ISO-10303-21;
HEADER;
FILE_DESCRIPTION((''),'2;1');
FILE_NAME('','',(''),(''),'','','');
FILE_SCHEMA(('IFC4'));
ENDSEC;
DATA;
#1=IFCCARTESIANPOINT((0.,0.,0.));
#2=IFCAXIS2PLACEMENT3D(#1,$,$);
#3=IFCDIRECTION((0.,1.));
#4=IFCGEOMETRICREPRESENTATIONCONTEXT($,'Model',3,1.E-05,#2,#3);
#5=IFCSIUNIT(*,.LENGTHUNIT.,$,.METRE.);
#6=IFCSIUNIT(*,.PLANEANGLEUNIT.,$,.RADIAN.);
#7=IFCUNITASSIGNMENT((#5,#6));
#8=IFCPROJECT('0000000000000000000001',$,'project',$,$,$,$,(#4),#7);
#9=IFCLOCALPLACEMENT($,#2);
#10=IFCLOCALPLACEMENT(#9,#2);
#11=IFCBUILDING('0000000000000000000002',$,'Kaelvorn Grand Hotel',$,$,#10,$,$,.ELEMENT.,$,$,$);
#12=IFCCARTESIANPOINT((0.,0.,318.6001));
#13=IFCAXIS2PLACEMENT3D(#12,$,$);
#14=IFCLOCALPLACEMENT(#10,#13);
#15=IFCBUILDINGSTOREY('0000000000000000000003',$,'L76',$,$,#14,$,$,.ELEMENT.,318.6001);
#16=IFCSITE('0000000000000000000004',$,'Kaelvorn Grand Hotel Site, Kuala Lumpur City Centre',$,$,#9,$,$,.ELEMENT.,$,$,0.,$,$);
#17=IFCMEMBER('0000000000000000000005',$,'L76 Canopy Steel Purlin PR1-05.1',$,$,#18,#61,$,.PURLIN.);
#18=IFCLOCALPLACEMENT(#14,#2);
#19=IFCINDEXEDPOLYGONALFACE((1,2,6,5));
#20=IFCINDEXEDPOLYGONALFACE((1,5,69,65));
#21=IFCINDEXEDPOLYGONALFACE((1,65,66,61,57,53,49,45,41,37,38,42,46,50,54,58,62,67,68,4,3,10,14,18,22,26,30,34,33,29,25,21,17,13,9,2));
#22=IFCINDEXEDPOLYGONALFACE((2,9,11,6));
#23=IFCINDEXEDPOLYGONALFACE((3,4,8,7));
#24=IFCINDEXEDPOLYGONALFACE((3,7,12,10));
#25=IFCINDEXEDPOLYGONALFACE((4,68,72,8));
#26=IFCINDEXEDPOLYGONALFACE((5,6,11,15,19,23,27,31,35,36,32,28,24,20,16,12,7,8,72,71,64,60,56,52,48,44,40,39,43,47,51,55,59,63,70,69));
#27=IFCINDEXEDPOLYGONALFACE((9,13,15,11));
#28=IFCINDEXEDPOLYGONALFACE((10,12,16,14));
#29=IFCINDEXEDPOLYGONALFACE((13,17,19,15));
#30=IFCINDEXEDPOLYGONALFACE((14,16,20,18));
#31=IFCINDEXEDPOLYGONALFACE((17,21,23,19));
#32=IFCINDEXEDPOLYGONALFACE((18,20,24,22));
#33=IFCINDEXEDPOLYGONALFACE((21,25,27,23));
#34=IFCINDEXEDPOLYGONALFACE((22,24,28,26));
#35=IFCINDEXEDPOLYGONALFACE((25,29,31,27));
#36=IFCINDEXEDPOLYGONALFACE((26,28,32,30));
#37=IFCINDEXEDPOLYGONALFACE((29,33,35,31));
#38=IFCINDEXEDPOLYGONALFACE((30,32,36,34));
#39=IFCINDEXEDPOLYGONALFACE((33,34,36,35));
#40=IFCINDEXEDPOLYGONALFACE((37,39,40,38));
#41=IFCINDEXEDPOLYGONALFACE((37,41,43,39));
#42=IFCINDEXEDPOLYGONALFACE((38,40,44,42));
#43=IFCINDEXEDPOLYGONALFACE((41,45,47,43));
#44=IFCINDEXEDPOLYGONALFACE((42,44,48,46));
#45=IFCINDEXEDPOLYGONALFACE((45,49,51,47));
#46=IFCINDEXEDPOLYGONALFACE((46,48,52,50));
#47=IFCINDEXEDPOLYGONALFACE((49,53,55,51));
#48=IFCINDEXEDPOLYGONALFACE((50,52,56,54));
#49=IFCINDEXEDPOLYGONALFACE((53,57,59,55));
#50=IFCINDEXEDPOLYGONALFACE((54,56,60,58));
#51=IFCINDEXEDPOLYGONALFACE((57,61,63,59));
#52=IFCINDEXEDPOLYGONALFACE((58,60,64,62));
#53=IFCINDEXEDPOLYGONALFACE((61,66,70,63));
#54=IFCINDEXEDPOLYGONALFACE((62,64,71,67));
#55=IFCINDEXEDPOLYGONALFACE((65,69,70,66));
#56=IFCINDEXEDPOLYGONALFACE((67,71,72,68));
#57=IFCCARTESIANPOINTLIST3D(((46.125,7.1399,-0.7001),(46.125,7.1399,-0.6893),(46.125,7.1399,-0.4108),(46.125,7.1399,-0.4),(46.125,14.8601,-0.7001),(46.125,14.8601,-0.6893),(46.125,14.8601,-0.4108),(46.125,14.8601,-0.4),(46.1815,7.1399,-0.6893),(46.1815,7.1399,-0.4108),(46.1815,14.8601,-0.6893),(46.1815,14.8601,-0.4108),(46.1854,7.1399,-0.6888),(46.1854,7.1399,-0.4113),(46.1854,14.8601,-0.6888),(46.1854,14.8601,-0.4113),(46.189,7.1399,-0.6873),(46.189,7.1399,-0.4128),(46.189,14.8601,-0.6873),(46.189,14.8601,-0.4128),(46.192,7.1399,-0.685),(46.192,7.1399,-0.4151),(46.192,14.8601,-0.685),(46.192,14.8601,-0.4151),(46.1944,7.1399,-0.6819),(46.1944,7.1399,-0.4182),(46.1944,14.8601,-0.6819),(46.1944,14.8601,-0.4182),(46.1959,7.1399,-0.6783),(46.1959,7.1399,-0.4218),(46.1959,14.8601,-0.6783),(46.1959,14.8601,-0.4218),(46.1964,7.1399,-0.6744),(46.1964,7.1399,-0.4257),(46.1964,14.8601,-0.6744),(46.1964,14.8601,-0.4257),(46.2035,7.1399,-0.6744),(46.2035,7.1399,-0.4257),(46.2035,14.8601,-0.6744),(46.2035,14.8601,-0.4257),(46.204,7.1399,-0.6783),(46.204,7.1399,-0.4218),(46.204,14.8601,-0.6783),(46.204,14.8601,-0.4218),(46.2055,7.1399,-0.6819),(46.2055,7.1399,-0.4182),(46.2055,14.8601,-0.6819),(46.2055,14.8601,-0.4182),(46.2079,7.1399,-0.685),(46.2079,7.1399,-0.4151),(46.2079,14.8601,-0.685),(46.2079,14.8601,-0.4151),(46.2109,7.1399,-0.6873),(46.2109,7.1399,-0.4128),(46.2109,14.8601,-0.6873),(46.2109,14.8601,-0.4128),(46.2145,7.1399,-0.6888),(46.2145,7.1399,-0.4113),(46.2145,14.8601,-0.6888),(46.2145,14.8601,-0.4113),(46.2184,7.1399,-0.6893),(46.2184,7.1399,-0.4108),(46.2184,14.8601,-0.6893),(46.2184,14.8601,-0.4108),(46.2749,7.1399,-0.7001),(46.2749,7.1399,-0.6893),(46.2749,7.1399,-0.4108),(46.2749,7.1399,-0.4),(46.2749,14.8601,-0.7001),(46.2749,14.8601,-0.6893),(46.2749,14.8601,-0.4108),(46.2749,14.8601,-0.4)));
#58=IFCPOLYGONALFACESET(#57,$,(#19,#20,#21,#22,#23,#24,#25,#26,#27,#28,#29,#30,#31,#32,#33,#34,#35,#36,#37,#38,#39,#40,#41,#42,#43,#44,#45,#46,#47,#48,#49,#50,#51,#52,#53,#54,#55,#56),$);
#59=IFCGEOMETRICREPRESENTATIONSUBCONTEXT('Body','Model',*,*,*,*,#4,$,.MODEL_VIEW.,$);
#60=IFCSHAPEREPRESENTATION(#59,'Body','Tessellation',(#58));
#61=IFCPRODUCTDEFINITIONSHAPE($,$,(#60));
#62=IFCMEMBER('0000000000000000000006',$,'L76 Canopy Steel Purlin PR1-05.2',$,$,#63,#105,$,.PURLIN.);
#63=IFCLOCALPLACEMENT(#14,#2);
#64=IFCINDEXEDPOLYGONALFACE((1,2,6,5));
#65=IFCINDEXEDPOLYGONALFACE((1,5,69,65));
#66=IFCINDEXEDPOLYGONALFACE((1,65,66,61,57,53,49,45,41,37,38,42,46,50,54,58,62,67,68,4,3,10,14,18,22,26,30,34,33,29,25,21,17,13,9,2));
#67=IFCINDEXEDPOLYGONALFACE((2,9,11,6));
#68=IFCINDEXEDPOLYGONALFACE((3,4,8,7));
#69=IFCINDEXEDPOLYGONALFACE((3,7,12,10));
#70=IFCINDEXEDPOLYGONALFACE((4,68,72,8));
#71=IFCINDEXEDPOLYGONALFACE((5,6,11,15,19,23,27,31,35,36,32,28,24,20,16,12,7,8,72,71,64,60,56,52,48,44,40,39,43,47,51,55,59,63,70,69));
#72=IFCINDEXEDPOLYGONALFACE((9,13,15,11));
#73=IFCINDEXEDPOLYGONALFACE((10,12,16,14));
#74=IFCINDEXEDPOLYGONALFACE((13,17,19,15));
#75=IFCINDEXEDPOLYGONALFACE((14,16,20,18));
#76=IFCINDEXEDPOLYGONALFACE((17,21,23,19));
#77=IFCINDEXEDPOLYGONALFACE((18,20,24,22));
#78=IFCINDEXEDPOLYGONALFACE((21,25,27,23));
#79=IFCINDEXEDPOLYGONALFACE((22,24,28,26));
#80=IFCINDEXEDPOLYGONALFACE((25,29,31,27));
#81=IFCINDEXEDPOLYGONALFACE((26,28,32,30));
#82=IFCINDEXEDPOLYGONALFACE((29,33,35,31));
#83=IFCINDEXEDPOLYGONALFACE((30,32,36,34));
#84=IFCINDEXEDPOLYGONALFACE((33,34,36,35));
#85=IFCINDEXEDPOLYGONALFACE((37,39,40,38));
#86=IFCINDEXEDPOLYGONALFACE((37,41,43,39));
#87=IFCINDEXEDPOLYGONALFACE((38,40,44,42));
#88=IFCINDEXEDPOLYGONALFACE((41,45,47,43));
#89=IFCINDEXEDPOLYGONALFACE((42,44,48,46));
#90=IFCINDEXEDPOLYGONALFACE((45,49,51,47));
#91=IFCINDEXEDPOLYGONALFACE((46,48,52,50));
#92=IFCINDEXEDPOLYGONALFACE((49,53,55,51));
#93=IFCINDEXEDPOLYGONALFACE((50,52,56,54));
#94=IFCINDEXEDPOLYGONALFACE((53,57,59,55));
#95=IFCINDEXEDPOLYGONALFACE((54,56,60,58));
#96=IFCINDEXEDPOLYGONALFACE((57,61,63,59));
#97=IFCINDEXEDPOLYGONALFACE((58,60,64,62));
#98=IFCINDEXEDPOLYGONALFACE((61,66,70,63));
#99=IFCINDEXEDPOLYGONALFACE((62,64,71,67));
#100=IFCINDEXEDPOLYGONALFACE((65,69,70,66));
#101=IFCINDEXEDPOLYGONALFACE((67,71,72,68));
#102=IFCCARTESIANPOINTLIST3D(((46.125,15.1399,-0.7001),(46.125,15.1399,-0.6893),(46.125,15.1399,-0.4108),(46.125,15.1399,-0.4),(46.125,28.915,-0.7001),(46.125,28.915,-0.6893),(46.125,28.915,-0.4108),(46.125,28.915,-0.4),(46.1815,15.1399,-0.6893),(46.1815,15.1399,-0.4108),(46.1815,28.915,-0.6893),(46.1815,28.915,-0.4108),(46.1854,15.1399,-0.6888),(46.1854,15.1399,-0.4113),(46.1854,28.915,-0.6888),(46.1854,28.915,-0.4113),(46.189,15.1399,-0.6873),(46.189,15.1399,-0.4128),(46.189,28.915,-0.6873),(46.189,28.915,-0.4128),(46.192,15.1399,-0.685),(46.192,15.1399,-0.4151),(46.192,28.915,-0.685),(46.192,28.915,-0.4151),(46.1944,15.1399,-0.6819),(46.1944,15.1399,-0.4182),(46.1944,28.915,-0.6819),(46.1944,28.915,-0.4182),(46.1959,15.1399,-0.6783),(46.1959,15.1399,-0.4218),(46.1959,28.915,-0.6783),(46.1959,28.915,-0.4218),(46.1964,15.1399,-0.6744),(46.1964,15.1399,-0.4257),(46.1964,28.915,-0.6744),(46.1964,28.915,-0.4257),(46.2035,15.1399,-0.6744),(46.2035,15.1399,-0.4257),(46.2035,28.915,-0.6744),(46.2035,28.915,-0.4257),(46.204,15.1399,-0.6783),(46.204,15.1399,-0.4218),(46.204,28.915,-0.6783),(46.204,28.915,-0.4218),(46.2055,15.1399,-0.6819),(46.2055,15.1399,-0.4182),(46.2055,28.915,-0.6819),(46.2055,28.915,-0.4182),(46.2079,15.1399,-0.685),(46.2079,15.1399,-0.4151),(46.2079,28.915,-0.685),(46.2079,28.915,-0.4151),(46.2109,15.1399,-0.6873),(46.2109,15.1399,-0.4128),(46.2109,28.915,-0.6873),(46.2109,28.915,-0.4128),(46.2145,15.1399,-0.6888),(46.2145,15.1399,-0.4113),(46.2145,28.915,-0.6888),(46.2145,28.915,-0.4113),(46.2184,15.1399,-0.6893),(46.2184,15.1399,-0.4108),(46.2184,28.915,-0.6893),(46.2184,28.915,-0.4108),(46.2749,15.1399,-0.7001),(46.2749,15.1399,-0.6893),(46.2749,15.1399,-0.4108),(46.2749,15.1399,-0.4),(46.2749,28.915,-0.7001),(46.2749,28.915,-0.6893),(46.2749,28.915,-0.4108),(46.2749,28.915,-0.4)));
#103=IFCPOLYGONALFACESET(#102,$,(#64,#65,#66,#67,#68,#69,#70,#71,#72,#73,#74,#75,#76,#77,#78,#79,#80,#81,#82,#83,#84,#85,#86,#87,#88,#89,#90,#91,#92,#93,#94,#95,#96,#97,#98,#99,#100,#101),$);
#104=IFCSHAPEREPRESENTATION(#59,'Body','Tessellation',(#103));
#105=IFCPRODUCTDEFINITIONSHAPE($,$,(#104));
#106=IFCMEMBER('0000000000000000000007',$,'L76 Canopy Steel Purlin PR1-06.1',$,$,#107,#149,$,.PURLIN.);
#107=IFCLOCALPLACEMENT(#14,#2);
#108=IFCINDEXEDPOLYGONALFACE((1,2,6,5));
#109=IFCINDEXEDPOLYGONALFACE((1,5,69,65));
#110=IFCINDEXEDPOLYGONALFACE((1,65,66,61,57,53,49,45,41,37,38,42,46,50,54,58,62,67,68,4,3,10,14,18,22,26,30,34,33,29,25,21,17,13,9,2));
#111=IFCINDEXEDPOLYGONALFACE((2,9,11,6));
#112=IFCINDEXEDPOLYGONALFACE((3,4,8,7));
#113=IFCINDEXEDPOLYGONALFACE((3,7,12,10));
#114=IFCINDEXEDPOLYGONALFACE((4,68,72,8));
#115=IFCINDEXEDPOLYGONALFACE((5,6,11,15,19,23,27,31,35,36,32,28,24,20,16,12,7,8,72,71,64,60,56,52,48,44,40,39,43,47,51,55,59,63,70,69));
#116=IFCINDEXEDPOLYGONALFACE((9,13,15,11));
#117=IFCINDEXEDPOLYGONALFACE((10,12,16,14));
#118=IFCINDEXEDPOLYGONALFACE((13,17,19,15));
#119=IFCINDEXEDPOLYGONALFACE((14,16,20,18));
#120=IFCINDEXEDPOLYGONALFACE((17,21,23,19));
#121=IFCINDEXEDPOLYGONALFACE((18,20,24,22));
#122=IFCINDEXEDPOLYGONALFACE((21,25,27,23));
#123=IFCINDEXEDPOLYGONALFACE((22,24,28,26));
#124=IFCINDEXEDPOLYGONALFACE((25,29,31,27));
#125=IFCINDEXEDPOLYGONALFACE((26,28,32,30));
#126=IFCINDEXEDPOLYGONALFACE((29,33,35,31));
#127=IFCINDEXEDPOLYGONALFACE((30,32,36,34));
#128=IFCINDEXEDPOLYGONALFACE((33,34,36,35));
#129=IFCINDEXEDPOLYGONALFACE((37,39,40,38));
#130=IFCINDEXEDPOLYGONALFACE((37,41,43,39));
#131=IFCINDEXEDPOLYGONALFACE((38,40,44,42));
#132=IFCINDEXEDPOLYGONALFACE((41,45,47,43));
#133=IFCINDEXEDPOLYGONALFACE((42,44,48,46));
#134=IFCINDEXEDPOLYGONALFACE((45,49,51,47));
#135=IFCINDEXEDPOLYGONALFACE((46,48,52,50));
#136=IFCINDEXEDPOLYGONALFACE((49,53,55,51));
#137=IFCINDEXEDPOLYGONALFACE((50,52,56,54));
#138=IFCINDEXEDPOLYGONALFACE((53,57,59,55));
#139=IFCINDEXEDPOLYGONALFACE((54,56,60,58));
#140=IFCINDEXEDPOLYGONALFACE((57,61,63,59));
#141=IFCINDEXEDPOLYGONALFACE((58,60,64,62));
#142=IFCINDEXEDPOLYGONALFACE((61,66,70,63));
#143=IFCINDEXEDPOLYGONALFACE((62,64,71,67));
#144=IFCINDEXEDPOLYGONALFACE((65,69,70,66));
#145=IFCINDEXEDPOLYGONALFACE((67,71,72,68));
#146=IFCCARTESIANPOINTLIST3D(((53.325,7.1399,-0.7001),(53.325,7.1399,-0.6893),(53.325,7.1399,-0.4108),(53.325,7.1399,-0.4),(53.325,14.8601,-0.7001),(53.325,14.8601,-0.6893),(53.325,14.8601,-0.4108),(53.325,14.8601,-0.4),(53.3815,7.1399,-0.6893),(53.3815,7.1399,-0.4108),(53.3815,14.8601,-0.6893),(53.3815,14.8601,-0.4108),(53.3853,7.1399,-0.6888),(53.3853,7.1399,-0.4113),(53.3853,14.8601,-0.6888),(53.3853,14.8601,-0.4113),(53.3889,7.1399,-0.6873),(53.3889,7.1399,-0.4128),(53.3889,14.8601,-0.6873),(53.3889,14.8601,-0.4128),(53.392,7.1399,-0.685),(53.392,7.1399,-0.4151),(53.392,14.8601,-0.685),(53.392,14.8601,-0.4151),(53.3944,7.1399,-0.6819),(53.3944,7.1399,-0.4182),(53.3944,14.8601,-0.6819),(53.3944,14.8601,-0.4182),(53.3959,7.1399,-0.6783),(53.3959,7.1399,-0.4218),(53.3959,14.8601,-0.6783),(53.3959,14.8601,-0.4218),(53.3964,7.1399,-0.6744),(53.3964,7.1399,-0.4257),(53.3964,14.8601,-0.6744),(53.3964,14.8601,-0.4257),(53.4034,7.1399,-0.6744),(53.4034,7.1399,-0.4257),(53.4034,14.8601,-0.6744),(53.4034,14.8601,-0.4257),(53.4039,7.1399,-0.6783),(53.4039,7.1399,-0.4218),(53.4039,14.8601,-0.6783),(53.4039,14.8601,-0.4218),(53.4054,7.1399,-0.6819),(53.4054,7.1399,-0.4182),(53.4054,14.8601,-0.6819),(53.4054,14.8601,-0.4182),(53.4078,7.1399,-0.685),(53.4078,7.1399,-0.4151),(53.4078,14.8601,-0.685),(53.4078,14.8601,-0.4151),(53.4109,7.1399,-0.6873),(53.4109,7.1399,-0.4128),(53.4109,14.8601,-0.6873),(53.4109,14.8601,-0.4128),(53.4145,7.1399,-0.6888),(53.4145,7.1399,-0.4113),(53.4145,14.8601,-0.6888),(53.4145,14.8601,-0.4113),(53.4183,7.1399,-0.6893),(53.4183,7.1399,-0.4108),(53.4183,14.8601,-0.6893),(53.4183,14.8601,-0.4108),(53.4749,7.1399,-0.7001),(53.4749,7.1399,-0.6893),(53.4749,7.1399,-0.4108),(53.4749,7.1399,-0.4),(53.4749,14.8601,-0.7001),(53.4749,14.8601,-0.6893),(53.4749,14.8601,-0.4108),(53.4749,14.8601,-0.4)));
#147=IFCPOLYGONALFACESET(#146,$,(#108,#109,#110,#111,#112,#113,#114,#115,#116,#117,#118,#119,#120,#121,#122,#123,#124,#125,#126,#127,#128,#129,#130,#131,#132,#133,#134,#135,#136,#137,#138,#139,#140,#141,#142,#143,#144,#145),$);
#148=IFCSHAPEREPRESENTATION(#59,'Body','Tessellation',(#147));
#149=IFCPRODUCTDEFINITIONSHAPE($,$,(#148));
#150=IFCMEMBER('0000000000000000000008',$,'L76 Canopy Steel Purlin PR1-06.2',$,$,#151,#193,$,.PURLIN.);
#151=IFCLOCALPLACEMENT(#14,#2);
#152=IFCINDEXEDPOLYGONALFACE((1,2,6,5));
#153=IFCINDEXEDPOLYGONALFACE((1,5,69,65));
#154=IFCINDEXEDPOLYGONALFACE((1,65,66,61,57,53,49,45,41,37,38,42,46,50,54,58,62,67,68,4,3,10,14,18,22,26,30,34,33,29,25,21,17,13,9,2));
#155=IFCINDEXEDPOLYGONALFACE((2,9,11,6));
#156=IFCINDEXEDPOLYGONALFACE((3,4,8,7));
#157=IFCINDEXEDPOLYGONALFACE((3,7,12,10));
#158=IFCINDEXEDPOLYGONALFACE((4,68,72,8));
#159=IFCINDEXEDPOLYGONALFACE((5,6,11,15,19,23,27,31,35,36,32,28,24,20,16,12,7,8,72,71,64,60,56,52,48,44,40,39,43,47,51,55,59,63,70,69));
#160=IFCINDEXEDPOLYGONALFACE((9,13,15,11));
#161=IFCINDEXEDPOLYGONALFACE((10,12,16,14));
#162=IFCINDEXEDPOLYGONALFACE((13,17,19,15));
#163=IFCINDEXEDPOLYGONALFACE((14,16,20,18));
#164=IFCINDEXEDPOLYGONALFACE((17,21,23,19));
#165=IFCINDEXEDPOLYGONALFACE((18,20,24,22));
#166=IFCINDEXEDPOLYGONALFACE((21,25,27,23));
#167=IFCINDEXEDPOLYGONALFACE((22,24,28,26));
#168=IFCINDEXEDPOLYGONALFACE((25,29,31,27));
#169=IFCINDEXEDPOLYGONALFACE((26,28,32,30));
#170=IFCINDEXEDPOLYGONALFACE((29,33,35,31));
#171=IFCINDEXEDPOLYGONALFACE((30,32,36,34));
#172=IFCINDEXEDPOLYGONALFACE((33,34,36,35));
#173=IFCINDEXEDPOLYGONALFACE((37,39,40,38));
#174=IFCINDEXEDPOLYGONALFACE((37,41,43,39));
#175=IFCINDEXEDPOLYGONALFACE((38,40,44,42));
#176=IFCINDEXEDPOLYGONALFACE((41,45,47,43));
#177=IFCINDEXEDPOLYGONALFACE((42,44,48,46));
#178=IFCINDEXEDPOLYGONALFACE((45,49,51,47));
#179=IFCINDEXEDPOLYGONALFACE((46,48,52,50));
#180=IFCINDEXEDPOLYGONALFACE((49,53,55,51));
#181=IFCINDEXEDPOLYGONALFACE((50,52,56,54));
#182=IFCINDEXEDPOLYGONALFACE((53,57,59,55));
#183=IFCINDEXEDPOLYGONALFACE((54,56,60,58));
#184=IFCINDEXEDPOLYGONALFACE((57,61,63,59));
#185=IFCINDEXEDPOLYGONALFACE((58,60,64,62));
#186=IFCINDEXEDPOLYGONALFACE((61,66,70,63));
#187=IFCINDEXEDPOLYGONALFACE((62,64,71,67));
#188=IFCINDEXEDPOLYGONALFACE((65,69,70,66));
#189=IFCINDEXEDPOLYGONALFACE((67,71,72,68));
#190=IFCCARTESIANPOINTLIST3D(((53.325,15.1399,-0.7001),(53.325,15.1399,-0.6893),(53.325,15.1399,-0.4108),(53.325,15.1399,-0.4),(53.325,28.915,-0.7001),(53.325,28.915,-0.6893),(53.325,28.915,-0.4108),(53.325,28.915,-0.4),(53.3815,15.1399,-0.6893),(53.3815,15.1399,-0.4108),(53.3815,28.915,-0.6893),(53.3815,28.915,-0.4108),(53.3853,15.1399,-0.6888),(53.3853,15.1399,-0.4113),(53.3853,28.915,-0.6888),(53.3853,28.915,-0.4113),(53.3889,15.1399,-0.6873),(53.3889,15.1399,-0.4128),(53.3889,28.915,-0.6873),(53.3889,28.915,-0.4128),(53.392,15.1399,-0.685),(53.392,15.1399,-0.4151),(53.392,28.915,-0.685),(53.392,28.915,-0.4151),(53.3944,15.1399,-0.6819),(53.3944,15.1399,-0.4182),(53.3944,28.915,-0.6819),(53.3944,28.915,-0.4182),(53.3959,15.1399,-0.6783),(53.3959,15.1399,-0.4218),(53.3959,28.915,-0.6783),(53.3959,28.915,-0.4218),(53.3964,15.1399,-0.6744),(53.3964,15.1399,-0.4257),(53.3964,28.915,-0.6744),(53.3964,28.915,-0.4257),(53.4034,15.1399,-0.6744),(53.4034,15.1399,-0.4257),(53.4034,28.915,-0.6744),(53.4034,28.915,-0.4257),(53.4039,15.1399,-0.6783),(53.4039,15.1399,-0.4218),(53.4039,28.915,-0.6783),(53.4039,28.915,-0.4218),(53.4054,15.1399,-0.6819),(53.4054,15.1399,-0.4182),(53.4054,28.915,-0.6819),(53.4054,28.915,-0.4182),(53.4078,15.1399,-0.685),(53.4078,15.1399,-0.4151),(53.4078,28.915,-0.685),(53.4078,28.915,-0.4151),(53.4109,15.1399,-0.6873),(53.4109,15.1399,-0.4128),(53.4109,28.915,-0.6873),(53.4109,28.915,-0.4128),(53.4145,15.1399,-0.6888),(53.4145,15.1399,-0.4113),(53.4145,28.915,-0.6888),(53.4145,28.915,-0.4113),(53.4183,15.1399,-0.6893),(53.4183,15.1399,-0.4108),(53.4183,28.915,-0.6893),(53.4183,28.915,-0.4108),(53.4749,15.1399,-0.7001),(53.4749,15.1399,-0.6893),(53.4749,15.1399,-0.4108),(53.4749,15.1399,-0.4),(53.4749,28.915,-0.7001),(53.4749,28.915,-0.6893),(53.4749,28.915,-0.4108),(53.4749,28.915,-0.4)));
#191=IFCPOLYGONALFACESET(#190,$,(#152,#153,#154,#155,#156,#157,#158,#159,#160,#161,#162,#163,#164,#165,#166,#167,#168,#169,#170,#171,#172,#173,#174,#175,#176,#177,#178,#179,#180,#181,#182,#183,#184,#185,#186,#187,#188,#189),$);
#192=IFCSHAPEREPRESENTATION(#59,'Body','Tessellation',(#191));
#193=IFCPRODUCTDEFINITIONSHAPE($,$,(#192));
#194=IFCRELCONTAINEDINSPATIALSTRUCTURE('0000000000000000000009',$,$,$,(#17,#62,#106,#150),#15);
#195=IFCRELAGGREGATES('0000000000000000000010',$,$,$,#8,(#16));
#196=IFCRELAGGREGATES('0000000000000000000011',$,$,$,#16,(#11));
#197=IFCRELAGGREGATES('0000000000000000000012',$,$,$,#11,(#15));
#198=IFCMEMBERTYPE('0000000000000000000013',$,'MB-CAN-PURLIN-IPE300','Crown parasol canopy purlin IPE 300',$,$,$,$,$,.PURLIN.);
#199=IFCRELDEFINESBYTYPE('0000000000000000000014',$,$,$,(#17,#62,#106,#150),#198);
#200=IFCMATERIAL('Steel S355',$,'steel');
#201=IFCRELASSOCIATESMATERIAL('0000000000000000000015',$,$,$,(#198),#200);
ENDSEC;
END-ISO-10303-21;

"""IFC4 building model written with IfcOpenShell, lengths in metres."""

from ifc_helpers import new_model, si_unit, direction, frame, origin, origin_2d, place, context, subcontext, project, spatial, i_section, extrude, material, material_profile, profile_set, type_object, element, save


model = new_model("IFC4")

# Units and contexts
model_context = context("Model", 3, precision=1e-05, world=origin(), true_north=direction((0.0, 1.0)))
body_context = subcontext(model_context, "Body", "Model", "MODEL_VIEW")
ifc_project = project(units=[si_unit("LENGTHUNIT", "METRE"), si_unit("PLANEANGLEUNIT", "RADIAN")], contexts=[model_context])

# Site, building, storey
site_placement = place(None, origin())
site = spatial("IfcSite", under=ifc_project, at=site_placement, Name="Kaelvorn Grand Hotel Site, Kuala Lumpur City Centre", CompositionType="ELEMENT", RefElevation=0.0)
building_placement = place(site_placement, origin())
building = spatial("IfcBuilding", under=site, at=building_placement, Name="Kaelvorn Grand Hotel", CompositionType="ELEMENT")
storey_placement = place(building_placement, frame((0.0, 0.0, 318.6001)))
storey = spatial("IfcBuildingStorey", under=building, at=storey_placement, Name="L76", CompositionType="ELEMENT", Elevation=318.6001)

# Shared definitions
ifc_material_1 = material(Name="Steel S355", Category="steel")

# Members
ifc_material_profile_1 = material_profile(ifc_material_1, i_section(OverallWidth=0.1499, OverallDepth=0.3, WebThickness=0.0071, FlangeThickness=0.0107, FilletRadius=0.0149, at=origin_2d()), Name="IPE 300")
ifc_profile_set_1 = profile_set([ifc_material_profile_1], Name="Steel S355")
member_type_1 = type_object("IfcMemberType", Name="MB-CAN-PURLIN-IPE300", Description="Crown parasol canopy purlin IPE 300", PredefinedType="PURLIN", material=ifc_profile_set_1)
member_1_placement = place(storey_placement, frame((46.2, 7.1399, -0.55), z_axis=(0.0, 1.0, 0.0), x_axis=(-1.0, 0.0, 0.0)))
element("IfcMember", 1, at=member_1_placement, inside=storey, type_object=member_type_1, Name="L76 Canopy Steel Purlin PR1-05.1", PredefinedType="PURLIN", context=body_context, shape_type="SweptSolid", body=[
    extrude(i_section(OverallWidth=0.1499, OverallDepth=0.3, WebThickness=0.0071, FlangeThickness=0.0107, FilletRadius=0.0149, at=origin_2d()), origin(), (0.0, 0.0, 1.0), 7.7202),
])
member_2_placement = place(storey_placement, frame((46.2, 15.1399, -0.55), z_axis=(0.0, 1.0, 0.0), x_axis=(-1.0, 0.0, 0.0)))
element("IfcMember", 2, at=member_2_placement, inside=storey, type_object=member_type_1, Name="L76 Canopy Steel Purlin PR1-05.2", PredefinedType="PURLIN", context=body_context, shape_type="SweptSolid", body=[
    extrude(i_section(OverallWidth=0.1499, OverallDepth=0.3, WebThickness=0.0071, FlangeThickness=0.0107, FilletRadius=0.0149, at=origin_2d()), origin(), (0.0, 0.0, 1.0), 13.7751),
])
member_3_placement = place(storey_placement, frame((53.3999, 7.1399, -0.55), z_axis=(0.0, 1.0, 0.0), x_axis=(-1.0, 0.0, 0.0)))
element("IfcMember", 3, at=member_3_placement, inside=storey, type_object=member_type_1, Name="L76 Canopy Steel Purlin PR1-06.1", PredefinedType="PURLIN", context=body_context, shape_type="SweptSolid", body=[
    extrude(i_section(OverallWidth=0.1499, OverallDepth=0.3, WebThickness=0.0071, FlangeThickness=0.0107, FilletRadius=0.0149, at=origin_2d()), origin(), (0.0, 0.0, 1.0), 7.7202),
])
member_4_placement = place(storey_placement, frame((53.3999, 15.1399, -0.55), z_axis=(0.0, 1.0, 0.0), x_axis=(-1.0, 0.0, 0.0)))
element("IfcMember", 4, at=member_4_placement, inside=storey, type_object=member_type_1, Name="L76 Canopy Steel Purlin PR1-06.2", PredefinedType="PURLIN", context=body_context, shape_type="SweptSolid", body=[
    extrude(i_section(OverallWidth=0.1499, OverallDepth=0.3, WebThickness=0.0071, FlangeThickness=0.0107, FilletRadius=0.0149, at=origin_2d()), origin(), (0.0, 0.0, 1.0), 13.7751),
])

save(model, "model.ifc")
